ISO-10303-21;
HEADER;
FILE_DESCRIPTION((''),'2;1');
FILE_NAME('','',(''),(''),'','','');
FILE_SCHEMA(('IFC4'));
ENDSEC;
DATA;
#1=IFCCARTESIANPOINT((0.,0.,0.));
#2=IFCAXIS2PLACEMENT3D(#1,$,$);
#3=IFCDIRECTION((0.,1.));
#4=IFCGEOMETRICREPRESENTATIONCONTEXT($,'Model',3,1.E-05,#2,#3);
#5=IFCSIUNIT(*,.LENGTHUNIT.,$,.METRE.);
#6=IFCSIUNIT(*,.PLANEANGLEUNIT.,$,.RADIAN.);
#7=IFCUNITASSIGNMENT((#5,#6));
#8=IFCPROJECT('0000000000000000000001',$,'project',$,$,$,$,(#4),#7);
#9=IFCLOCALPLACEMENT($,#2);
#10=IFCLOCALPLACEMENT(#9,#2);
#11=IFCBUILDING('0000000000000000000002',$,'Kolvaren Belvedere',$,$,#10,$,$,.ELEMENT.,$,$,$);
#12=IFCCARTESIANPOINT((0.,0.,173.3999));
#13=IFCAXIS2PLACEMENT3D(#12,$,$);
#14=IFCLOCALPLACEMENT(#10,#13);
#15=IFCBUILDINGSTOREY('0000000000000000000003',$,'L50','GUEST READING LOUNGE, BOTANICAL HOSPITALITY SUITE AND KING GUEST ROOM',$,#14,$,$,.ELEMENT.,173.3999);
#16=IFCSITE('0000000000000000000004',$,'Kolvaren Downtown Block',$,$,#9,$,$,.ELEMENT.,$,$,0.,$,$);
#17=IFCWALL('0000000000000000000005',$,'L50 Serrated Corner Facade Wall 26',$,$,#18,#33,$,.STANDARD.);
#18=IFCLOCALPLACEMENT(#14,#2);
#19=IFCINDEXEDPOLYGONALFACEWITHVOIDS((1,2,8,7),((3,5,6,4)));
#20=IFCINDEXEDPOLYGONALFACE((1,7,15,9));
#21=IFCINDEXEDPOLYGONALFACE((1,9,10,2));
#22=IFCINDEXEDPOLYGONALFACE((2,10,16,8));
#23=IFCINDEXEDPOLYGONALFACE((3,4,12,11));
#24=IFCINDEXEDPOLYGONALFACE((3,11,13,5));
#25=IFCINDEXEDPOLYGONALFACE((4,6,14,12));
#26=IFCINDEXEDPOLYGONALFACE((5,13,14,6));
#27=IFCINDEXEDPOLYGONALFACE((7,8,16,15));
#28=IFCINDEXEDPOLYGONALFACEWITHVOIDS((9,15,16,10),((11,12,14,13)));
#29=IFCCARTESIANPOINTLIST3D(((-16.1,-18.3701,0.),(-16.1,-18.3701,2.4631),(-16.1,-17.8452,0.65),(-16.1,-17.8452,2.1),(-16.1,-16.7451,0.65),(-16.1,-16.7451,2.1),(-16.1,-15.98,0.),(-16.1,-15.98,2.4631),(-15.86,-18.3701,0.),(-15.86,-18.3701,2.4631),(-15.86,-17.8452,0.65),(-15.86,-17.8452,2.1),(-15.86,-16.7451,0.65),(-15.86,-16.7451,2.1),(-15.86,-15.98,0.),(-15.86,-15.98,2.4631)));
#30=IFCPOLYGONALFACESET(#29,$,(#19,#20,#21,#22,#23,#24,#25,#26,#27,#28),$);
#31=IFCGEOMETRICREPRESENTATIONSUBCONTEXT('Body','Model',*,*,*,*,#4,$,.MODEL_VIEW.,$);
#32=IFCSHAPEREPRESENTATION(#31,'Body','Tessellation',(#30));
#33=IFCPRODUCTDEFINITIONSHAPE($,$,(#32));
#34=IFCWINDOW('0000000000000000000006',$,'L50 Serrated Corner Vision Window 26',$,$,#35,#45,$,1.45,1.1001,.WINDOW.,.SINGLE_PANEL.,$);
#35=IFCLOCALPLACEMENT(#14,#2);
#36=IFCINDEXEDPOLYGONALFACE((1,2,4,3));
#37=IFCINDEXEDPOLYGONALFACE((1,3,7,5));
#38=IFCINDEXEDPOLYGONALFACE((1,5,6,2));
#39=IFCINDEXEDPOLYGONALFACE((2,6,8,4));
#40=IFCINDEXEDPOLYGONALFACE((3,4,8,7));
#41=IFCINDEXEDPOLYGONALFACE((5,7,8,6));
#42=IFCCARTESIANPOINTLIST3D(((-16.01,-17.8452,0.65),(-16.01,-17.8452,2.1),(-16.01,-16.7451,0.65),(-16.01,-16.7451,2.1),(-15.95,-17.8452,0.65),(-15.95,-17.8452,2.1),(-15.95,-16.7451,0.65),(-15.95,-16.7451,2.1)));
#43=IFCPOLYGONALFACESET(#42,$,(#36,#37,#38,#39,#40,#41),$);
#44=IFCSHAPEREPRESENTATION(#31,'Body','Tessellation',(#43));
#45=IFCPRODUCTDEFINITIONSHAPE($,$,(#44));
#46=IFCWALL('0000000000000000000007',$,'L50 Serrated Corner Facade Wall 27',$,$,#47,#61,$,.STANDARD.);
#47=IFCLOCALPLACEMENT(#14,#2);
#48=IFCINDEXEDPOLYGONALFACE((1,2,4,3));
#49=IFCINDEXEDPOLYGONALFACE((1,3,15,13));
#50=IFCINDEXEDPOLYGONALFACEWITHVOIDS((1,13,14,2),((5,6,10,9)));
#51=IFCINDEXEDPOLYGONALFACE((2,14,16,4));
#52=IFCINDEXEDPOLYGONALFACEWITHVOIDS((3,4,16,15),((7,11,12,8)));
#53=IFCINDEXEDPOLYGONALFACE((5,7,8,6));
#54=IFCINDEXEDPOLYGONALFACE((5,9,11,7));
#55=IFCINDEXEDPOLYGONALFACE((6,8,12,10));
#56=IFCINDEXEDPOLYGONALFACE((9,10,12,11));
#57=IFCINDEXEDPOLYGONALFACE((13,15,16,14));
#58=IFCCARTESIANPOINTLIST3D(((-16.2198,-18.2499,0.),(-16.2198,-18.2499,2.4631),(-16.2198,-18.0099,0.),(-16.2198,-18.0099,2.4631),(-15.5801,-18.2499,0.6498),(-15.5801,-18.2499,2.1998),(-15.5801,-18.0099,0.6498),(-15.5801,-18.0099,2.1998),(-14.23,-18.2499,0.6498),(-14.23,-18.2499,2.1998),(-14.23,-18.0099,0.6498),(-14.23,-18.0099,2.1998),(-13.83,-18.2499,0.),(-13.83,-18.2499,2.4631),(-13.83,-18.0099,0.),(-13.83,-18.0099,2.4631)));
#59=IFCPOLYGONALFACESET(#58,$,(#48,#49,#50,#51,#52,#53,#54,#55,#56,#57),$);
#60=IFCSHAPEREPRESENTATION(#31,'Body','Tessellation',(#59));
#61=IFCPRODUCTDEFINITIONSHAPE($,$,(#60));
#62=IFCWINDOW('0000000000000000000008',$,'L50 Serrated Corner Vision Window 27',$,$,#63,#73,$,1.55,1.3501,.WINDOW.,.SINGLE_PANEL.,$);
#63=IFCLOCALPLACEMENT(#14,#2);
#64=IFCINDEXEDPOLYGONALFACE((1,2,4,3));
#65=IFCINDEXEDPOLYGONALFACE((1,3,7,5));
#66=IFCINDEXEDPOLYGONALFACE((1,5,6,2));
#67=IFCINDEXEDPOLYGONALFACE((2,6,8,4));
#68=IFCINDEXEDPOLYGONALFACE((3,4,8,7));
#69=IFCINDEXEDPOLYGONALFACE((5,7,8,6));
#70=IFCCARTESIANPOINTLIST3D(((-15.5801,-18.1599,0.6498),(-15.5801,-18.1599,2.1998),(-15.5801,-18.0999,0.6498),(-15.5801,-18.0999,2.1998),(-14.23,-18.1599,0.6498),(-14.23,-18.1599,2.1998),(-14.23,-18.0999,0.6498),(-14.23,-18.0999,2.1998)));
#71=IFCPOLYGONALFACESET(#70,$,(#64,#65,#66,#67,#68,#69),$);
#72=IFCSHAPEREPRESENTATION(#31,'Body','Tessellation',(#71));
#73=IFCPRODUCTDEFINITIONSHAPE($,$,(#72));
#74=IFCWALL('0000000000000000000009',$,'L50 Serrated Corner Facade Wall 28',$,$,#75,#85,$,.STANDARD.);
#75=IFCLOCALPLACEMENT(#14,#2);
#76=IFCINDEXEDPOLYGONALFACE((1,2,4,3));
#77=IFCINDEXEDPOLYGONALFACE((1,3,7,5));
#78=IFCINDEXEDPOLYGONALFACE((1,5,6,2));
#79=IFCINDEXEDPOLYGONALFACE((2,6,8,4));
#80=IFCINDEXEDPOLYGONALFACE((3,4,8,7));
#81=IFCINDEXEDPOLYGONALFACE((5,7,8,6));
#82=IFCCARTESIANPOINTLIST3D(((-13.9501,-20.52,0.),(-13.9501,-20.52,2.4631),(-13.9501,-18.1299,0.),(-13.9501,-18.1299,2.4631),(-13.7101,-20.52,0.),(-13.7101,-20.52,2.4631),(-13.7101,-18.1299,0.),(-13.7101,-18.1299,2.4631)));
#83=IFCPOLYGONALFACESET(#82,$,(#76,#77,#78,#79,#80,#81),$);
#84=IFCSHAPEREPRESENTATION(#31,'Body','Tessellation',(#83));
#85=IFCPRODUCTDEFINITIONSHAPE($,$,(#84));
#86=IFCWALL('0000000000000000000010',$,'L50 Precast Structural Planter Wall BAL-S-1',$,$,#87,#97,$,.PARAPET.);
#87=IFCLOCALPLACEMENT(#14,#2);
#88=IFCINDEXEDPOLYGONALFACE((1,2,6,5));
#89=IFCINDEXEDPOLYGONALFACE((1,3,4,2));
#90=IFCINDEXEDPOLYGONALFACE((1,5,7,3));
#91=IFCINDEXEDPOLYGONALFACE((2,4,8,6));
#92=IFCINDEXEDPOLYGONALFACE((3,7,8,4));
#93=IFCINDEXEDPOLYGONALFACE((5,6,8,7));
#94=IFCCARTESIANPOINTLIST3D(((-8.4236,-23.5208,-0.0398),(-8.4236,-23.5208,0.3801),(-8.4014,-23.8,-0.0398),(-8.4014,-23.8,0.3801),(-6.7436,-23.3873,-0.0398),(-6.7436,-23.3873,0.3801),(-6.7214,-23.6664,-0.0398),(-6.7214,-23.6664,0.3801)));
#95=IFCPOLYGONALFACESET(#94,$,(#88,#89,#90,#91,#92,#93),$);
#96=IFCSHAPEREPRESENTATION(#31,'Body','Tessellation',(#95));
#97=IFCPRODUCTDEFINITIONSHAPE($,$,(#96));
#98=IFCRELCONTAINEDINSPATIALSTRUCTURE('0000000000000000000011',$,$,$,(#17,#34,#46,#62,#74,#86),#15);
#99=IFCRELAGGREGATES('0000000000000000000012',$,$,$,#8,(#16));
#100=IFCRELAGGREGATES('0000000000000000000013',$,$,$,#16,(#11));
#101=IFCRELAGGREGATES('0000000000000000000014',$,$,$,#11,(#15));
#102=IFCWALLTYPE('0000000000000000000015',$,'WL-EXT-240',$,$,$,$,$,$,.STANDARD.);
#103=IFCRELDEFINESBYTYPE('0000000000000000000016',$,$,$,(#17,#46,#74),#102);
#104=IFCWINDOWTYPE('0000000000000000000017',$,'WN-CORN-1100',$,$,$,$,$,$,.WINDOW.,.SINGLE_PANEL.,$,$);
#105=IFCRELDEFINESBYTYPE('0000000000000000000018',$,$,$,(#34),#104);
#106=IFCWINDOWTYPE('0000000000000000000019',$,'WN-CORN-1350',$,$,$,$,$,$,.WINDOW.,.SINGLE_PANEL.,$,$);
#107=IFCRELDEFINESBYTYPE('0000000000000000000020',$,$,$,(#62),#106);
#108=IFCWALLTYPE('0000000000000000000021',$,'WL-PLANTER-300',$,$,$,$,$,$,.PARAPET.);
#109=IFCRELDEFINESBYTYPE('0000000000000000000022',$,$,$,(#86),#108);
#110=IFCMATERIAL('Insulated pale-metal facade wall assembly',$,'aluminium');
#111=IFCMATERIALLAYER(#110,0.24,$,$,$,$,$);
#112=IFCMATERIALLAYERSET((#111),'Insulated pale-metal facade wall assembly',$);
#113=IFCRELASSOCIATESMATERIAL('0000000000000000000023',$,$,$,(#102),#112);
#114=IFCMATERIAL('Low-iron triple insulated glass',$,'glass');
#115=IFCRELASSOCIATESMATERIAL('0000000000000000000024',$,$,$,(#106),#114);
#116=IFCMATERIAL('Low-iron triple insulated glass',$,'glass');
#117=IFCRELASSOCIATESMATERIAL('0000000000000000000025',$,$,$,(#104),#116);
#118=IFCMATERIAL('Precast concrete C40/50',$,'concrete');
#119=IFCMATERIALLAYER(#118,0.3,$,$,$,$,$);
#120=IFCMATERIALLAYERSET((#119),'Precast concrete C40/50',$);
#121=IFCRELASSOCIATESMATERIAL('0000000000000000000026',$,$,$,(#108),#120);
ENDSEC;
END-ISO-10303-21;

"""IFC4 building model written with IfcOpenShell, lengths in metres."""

from ifc_helpers import new_model, si_unit, direction, frame, frame_2d, origin, place, context, subcontext, project, spatial, rectangle, extrude, material, layer, layer_set, type_object, element, fill, save


model = new_model("IFC4")

# Units and contexts
model_context = context("Model", 3, precision=1e-05, world=origin(), true_north=direction((0.0, 1.0)))
body_context = subcontext(model_context, "Body", "Model", "MODEL_VIEW")
ifc_project = project(units=[si_unit("LENGTHUNIT", "METRE"), si_unit("PLANEANGLEUNIT", "RADIAN")], contexts=[model_context])

# Site, building, storey
site_placement = place(None, origin())
site = spatial("IfcSite", under=ifc_project, at=site_placement, Name="Kolvaren Downtown Block", CompositionType="ELEMENT", RefElevation=0.0)
building_placement = place(site_placement, origin())
building = spatial("IfcBuilding", under=site, at=building_placement, Name="Kolvaren Belvedere", CompositionType="ELEMENT")
storey_placement = place(building_placement, frame((0.0, 0.0, 173.3999)))
storey = spatial("IfcBuildingStorey", under=building, at=storey_placement, Name="L50", Description="GUEST READING LOUNGE, BOTANICAL HOSPITALITY SUITE AND KING GUEST ROOM", CompositionType="ELEMENT", Elevation=173.3999)

# Walls, openings, windows
ifc_material_1 = material(Name="Insulated pale-metal facade wall assembly", Category="aluminium")
ifc_layer_1 = layer(ifc_material_1, 0.24)
ifc_layer_set_1 = layer_set([ifc_layer_1], Name="Insulated pale-metal facade wall assembly")
wall_type_1 = type_object("IfcWallType", Name="WL-EXT-240", PredefinedType="STANDARD", material=ifc_layer_set_1)
ifc_material_2 = material(Name="Low-iron triple insulated glass", Category="glass")
window_type_1 = type_object("IfcWindowType", Name="WN-CORN-1350", PartitioningType="SINGLE_PANEL", PredefinedType="WINDOW", material=ifc_material_2)
wall_1_placement = place(storey_placement, frame((-15.98, -18.3701, 0.0), z_axis=(0.0, 0.0, 1.0), x_axis=(0.0, 1.0, 0.0)))
wall_1 = element("IfcWall", 1, at=wall_1_placement, inside=storey, type_object=wall_type_1, Name="L50 Serrated Corner Facade Wall 26", PredefinedType="STANDARD", context=body_context, shape_type="SweptSolid", body=[
    extrude(rectangle(XDim=2.3901, YDim=0.24, at=frame_2d((1.1951, 0.0))), origin(), (0.0, 0.0, 1.0), 2.4631),
])
opening_1_placement = place(wall_1_placement, frame((0.5249, 0.0, 0.6499)))
opening_1 = element("IfcOpeningElement", 2, at=opening_1_placement, cuts=wall_1, PredefinedType="OPENING", context=body_context, shape_type="SweptSolid", body=[
    extrude(rectangle(XDim=1.1001, YDim=1.45, at=frame_2d((0.55, 0.7251))), frame((0.0, 0.1299, 0.0), z_axis=(0.0, -1.0, 0.0), x_axis=(1.0, 0.0, 0.0)), (0.0, 0.0, 1.0), 0.26),
])
ifc_material_3 = material(Name="Low-iron triple insulated glass", Category="glass")
window_type_2 = type_object("IfcWindowType", Name="WN-CORN-1100", PartitioningType="SINGLE_PANEL", PredefinedType="WINDOW", material=ifc_material_3)
window_1_placement = place(opening_1_placement, origin())
window_1 = element("IfcWindow", 3, at=window_1_placement, inside=storey, type_object=window_type_2, Name="L50 Serrated Corner Vision Window 26", OverallHeight=1.45, OverallWidth=1.1001, PartitioningType="SINGLE_PANEL", PredefinedType="WINDOW", context=body_context, shape_type="SweptSolid", body=[
    extrude(rectangle(XDim=1.1001, YDim=1.45, at=frame_2d((0.55, 0.7251))), frame((0.0, 0.03, 0.0), z_axis=(0.0, -1.0, 0.0), x_axis=(1.0, 0.0, 0.0)), (0.0, 0.0, 1.0), 0.0601),
])
fill(opening_1, window_1)
wall_2_placement = place(storey_placement, frame((-13.8301, -18.1299, 0.0), z_axis=(0.0, 0.0, 1.0), x_axis=(-1.0, 0.0, 0.0)))
wall_2 = element("IfcWall", 4, at=wall_2_placement, inside=storey, type_object=wall_type_1, Name="L50 Serrated Corner Facade Wall 27", PredefinedType="STANDARD", context=body_context, shape_type="SweptSolid", body=[
    extrude(rectangle(XDim=2.3899, YDim=0.24, at=frame_2d((1.1948, 0.0))), origin(), (0.0, 0.0, 1.0), 2.4631),
])
opening_2_placement = place(wall_2_placement, frame((0.3999, 0.0, 0.6499)))
opening_2 = element("IfcOpeningElement", 5, at=opening_2_placement, cuts=wall_2, PredefinedType="OPENING", context=body_context, shape_type="SweptSolid", body=[
    extrude(rectangle(XDim=1.3501, YDim=1.55, at=frame_2d((0.675, 0.7749))), frame((0.0, 0.1299, 0.0), z_axis=(0.0, -1.0, 0.0), x_axis=(1.0, 0.0, 0.0)), (0.0, 0.0, 1.0), 0.26),
])
window_2_placement = place(opening_2_placement, origin())
window_2 = element("IfcWindow", 6, at=window_2_placement, inside=storey, type_object=window_type_1, Name="L50 Serrated Corner Vision Window 27", OverallHeight=1.55, OverallWidth=1.3501, PartitioningType="SINGLE_PANEL", PredefinedType="WINDOW", context=body_context, shape_type="SweptSolid", body=[
    extrude(rectangle(XDim=1.3501, YDim=1.55, at=frame_2d((0.675, 0.7749))), frame((0.0, 0.03, 0.0), z_axis=(0.0, -1.0, 0.0), x_axis=(1.0, 0.0, 0.0)), (0.0, 0.0, 1.0), 0.0601),
])
fill(opening_2, window_2)

# Walls
wall_3_placement = place(storey_placement, frame((-13.8301, -20.52, 0.0), z_axis=(0.0, 0.0, 1.0), x_axis=(0.0, 1.0, 0.0)))
element("IfcWall", 7, at=wall_3_placement, inside=storey, type_object=wall_type_1, Name="L50 Serrated Corner Facade Wall 28", PredefinedType="STANDARD", context=body_context, shape_type="SweptSolid", body=[
    extrude(rectangle(XDim=2.3901, YDim=0.24, at=frame_2d((1.1951, 0.0))), origin(), (0.0, 0.0, 1.0), 2.4631),
])
ifc_material_4 = material(Name="Precast concrete C40/50", Category="concrete")
ifc_layer_2 = layer(ifc_material_4, 0.3)
ifc_layer_set_2 = layer_set([ifc_layer_2], Name="Precast concrete C40/50")
wall_type_2 = type_object("IfcWallType", Name="WL-PLANTER-300", PredefinedType="PARAPET", material=ifc_layer_set_2)
wall_4_placement = place(storey_placement, frame((-8.4126, -23.6604, -0.0398), z_axis=(0.0, 0.0, 1.0), x_axis=(0.996855, 0.079244, 0.0)))
element("IfcWall", 8, at=wall_4_placement, inside=storey, type_object=wall_type_2, Name="L50 Precast Structural Planter Wall BAL-S-1", PredefinedType="PARAPET", context=body_context, shape_type="SweptSolid", body=[
    extrude(rectangle(XDim=1.6853, YDim=0.28, at=frame_2d((0.8428, 0.0))), origin(), (0.0, 0.0, 1.0), 0.4199),
])

save(model, "model.ifc")
